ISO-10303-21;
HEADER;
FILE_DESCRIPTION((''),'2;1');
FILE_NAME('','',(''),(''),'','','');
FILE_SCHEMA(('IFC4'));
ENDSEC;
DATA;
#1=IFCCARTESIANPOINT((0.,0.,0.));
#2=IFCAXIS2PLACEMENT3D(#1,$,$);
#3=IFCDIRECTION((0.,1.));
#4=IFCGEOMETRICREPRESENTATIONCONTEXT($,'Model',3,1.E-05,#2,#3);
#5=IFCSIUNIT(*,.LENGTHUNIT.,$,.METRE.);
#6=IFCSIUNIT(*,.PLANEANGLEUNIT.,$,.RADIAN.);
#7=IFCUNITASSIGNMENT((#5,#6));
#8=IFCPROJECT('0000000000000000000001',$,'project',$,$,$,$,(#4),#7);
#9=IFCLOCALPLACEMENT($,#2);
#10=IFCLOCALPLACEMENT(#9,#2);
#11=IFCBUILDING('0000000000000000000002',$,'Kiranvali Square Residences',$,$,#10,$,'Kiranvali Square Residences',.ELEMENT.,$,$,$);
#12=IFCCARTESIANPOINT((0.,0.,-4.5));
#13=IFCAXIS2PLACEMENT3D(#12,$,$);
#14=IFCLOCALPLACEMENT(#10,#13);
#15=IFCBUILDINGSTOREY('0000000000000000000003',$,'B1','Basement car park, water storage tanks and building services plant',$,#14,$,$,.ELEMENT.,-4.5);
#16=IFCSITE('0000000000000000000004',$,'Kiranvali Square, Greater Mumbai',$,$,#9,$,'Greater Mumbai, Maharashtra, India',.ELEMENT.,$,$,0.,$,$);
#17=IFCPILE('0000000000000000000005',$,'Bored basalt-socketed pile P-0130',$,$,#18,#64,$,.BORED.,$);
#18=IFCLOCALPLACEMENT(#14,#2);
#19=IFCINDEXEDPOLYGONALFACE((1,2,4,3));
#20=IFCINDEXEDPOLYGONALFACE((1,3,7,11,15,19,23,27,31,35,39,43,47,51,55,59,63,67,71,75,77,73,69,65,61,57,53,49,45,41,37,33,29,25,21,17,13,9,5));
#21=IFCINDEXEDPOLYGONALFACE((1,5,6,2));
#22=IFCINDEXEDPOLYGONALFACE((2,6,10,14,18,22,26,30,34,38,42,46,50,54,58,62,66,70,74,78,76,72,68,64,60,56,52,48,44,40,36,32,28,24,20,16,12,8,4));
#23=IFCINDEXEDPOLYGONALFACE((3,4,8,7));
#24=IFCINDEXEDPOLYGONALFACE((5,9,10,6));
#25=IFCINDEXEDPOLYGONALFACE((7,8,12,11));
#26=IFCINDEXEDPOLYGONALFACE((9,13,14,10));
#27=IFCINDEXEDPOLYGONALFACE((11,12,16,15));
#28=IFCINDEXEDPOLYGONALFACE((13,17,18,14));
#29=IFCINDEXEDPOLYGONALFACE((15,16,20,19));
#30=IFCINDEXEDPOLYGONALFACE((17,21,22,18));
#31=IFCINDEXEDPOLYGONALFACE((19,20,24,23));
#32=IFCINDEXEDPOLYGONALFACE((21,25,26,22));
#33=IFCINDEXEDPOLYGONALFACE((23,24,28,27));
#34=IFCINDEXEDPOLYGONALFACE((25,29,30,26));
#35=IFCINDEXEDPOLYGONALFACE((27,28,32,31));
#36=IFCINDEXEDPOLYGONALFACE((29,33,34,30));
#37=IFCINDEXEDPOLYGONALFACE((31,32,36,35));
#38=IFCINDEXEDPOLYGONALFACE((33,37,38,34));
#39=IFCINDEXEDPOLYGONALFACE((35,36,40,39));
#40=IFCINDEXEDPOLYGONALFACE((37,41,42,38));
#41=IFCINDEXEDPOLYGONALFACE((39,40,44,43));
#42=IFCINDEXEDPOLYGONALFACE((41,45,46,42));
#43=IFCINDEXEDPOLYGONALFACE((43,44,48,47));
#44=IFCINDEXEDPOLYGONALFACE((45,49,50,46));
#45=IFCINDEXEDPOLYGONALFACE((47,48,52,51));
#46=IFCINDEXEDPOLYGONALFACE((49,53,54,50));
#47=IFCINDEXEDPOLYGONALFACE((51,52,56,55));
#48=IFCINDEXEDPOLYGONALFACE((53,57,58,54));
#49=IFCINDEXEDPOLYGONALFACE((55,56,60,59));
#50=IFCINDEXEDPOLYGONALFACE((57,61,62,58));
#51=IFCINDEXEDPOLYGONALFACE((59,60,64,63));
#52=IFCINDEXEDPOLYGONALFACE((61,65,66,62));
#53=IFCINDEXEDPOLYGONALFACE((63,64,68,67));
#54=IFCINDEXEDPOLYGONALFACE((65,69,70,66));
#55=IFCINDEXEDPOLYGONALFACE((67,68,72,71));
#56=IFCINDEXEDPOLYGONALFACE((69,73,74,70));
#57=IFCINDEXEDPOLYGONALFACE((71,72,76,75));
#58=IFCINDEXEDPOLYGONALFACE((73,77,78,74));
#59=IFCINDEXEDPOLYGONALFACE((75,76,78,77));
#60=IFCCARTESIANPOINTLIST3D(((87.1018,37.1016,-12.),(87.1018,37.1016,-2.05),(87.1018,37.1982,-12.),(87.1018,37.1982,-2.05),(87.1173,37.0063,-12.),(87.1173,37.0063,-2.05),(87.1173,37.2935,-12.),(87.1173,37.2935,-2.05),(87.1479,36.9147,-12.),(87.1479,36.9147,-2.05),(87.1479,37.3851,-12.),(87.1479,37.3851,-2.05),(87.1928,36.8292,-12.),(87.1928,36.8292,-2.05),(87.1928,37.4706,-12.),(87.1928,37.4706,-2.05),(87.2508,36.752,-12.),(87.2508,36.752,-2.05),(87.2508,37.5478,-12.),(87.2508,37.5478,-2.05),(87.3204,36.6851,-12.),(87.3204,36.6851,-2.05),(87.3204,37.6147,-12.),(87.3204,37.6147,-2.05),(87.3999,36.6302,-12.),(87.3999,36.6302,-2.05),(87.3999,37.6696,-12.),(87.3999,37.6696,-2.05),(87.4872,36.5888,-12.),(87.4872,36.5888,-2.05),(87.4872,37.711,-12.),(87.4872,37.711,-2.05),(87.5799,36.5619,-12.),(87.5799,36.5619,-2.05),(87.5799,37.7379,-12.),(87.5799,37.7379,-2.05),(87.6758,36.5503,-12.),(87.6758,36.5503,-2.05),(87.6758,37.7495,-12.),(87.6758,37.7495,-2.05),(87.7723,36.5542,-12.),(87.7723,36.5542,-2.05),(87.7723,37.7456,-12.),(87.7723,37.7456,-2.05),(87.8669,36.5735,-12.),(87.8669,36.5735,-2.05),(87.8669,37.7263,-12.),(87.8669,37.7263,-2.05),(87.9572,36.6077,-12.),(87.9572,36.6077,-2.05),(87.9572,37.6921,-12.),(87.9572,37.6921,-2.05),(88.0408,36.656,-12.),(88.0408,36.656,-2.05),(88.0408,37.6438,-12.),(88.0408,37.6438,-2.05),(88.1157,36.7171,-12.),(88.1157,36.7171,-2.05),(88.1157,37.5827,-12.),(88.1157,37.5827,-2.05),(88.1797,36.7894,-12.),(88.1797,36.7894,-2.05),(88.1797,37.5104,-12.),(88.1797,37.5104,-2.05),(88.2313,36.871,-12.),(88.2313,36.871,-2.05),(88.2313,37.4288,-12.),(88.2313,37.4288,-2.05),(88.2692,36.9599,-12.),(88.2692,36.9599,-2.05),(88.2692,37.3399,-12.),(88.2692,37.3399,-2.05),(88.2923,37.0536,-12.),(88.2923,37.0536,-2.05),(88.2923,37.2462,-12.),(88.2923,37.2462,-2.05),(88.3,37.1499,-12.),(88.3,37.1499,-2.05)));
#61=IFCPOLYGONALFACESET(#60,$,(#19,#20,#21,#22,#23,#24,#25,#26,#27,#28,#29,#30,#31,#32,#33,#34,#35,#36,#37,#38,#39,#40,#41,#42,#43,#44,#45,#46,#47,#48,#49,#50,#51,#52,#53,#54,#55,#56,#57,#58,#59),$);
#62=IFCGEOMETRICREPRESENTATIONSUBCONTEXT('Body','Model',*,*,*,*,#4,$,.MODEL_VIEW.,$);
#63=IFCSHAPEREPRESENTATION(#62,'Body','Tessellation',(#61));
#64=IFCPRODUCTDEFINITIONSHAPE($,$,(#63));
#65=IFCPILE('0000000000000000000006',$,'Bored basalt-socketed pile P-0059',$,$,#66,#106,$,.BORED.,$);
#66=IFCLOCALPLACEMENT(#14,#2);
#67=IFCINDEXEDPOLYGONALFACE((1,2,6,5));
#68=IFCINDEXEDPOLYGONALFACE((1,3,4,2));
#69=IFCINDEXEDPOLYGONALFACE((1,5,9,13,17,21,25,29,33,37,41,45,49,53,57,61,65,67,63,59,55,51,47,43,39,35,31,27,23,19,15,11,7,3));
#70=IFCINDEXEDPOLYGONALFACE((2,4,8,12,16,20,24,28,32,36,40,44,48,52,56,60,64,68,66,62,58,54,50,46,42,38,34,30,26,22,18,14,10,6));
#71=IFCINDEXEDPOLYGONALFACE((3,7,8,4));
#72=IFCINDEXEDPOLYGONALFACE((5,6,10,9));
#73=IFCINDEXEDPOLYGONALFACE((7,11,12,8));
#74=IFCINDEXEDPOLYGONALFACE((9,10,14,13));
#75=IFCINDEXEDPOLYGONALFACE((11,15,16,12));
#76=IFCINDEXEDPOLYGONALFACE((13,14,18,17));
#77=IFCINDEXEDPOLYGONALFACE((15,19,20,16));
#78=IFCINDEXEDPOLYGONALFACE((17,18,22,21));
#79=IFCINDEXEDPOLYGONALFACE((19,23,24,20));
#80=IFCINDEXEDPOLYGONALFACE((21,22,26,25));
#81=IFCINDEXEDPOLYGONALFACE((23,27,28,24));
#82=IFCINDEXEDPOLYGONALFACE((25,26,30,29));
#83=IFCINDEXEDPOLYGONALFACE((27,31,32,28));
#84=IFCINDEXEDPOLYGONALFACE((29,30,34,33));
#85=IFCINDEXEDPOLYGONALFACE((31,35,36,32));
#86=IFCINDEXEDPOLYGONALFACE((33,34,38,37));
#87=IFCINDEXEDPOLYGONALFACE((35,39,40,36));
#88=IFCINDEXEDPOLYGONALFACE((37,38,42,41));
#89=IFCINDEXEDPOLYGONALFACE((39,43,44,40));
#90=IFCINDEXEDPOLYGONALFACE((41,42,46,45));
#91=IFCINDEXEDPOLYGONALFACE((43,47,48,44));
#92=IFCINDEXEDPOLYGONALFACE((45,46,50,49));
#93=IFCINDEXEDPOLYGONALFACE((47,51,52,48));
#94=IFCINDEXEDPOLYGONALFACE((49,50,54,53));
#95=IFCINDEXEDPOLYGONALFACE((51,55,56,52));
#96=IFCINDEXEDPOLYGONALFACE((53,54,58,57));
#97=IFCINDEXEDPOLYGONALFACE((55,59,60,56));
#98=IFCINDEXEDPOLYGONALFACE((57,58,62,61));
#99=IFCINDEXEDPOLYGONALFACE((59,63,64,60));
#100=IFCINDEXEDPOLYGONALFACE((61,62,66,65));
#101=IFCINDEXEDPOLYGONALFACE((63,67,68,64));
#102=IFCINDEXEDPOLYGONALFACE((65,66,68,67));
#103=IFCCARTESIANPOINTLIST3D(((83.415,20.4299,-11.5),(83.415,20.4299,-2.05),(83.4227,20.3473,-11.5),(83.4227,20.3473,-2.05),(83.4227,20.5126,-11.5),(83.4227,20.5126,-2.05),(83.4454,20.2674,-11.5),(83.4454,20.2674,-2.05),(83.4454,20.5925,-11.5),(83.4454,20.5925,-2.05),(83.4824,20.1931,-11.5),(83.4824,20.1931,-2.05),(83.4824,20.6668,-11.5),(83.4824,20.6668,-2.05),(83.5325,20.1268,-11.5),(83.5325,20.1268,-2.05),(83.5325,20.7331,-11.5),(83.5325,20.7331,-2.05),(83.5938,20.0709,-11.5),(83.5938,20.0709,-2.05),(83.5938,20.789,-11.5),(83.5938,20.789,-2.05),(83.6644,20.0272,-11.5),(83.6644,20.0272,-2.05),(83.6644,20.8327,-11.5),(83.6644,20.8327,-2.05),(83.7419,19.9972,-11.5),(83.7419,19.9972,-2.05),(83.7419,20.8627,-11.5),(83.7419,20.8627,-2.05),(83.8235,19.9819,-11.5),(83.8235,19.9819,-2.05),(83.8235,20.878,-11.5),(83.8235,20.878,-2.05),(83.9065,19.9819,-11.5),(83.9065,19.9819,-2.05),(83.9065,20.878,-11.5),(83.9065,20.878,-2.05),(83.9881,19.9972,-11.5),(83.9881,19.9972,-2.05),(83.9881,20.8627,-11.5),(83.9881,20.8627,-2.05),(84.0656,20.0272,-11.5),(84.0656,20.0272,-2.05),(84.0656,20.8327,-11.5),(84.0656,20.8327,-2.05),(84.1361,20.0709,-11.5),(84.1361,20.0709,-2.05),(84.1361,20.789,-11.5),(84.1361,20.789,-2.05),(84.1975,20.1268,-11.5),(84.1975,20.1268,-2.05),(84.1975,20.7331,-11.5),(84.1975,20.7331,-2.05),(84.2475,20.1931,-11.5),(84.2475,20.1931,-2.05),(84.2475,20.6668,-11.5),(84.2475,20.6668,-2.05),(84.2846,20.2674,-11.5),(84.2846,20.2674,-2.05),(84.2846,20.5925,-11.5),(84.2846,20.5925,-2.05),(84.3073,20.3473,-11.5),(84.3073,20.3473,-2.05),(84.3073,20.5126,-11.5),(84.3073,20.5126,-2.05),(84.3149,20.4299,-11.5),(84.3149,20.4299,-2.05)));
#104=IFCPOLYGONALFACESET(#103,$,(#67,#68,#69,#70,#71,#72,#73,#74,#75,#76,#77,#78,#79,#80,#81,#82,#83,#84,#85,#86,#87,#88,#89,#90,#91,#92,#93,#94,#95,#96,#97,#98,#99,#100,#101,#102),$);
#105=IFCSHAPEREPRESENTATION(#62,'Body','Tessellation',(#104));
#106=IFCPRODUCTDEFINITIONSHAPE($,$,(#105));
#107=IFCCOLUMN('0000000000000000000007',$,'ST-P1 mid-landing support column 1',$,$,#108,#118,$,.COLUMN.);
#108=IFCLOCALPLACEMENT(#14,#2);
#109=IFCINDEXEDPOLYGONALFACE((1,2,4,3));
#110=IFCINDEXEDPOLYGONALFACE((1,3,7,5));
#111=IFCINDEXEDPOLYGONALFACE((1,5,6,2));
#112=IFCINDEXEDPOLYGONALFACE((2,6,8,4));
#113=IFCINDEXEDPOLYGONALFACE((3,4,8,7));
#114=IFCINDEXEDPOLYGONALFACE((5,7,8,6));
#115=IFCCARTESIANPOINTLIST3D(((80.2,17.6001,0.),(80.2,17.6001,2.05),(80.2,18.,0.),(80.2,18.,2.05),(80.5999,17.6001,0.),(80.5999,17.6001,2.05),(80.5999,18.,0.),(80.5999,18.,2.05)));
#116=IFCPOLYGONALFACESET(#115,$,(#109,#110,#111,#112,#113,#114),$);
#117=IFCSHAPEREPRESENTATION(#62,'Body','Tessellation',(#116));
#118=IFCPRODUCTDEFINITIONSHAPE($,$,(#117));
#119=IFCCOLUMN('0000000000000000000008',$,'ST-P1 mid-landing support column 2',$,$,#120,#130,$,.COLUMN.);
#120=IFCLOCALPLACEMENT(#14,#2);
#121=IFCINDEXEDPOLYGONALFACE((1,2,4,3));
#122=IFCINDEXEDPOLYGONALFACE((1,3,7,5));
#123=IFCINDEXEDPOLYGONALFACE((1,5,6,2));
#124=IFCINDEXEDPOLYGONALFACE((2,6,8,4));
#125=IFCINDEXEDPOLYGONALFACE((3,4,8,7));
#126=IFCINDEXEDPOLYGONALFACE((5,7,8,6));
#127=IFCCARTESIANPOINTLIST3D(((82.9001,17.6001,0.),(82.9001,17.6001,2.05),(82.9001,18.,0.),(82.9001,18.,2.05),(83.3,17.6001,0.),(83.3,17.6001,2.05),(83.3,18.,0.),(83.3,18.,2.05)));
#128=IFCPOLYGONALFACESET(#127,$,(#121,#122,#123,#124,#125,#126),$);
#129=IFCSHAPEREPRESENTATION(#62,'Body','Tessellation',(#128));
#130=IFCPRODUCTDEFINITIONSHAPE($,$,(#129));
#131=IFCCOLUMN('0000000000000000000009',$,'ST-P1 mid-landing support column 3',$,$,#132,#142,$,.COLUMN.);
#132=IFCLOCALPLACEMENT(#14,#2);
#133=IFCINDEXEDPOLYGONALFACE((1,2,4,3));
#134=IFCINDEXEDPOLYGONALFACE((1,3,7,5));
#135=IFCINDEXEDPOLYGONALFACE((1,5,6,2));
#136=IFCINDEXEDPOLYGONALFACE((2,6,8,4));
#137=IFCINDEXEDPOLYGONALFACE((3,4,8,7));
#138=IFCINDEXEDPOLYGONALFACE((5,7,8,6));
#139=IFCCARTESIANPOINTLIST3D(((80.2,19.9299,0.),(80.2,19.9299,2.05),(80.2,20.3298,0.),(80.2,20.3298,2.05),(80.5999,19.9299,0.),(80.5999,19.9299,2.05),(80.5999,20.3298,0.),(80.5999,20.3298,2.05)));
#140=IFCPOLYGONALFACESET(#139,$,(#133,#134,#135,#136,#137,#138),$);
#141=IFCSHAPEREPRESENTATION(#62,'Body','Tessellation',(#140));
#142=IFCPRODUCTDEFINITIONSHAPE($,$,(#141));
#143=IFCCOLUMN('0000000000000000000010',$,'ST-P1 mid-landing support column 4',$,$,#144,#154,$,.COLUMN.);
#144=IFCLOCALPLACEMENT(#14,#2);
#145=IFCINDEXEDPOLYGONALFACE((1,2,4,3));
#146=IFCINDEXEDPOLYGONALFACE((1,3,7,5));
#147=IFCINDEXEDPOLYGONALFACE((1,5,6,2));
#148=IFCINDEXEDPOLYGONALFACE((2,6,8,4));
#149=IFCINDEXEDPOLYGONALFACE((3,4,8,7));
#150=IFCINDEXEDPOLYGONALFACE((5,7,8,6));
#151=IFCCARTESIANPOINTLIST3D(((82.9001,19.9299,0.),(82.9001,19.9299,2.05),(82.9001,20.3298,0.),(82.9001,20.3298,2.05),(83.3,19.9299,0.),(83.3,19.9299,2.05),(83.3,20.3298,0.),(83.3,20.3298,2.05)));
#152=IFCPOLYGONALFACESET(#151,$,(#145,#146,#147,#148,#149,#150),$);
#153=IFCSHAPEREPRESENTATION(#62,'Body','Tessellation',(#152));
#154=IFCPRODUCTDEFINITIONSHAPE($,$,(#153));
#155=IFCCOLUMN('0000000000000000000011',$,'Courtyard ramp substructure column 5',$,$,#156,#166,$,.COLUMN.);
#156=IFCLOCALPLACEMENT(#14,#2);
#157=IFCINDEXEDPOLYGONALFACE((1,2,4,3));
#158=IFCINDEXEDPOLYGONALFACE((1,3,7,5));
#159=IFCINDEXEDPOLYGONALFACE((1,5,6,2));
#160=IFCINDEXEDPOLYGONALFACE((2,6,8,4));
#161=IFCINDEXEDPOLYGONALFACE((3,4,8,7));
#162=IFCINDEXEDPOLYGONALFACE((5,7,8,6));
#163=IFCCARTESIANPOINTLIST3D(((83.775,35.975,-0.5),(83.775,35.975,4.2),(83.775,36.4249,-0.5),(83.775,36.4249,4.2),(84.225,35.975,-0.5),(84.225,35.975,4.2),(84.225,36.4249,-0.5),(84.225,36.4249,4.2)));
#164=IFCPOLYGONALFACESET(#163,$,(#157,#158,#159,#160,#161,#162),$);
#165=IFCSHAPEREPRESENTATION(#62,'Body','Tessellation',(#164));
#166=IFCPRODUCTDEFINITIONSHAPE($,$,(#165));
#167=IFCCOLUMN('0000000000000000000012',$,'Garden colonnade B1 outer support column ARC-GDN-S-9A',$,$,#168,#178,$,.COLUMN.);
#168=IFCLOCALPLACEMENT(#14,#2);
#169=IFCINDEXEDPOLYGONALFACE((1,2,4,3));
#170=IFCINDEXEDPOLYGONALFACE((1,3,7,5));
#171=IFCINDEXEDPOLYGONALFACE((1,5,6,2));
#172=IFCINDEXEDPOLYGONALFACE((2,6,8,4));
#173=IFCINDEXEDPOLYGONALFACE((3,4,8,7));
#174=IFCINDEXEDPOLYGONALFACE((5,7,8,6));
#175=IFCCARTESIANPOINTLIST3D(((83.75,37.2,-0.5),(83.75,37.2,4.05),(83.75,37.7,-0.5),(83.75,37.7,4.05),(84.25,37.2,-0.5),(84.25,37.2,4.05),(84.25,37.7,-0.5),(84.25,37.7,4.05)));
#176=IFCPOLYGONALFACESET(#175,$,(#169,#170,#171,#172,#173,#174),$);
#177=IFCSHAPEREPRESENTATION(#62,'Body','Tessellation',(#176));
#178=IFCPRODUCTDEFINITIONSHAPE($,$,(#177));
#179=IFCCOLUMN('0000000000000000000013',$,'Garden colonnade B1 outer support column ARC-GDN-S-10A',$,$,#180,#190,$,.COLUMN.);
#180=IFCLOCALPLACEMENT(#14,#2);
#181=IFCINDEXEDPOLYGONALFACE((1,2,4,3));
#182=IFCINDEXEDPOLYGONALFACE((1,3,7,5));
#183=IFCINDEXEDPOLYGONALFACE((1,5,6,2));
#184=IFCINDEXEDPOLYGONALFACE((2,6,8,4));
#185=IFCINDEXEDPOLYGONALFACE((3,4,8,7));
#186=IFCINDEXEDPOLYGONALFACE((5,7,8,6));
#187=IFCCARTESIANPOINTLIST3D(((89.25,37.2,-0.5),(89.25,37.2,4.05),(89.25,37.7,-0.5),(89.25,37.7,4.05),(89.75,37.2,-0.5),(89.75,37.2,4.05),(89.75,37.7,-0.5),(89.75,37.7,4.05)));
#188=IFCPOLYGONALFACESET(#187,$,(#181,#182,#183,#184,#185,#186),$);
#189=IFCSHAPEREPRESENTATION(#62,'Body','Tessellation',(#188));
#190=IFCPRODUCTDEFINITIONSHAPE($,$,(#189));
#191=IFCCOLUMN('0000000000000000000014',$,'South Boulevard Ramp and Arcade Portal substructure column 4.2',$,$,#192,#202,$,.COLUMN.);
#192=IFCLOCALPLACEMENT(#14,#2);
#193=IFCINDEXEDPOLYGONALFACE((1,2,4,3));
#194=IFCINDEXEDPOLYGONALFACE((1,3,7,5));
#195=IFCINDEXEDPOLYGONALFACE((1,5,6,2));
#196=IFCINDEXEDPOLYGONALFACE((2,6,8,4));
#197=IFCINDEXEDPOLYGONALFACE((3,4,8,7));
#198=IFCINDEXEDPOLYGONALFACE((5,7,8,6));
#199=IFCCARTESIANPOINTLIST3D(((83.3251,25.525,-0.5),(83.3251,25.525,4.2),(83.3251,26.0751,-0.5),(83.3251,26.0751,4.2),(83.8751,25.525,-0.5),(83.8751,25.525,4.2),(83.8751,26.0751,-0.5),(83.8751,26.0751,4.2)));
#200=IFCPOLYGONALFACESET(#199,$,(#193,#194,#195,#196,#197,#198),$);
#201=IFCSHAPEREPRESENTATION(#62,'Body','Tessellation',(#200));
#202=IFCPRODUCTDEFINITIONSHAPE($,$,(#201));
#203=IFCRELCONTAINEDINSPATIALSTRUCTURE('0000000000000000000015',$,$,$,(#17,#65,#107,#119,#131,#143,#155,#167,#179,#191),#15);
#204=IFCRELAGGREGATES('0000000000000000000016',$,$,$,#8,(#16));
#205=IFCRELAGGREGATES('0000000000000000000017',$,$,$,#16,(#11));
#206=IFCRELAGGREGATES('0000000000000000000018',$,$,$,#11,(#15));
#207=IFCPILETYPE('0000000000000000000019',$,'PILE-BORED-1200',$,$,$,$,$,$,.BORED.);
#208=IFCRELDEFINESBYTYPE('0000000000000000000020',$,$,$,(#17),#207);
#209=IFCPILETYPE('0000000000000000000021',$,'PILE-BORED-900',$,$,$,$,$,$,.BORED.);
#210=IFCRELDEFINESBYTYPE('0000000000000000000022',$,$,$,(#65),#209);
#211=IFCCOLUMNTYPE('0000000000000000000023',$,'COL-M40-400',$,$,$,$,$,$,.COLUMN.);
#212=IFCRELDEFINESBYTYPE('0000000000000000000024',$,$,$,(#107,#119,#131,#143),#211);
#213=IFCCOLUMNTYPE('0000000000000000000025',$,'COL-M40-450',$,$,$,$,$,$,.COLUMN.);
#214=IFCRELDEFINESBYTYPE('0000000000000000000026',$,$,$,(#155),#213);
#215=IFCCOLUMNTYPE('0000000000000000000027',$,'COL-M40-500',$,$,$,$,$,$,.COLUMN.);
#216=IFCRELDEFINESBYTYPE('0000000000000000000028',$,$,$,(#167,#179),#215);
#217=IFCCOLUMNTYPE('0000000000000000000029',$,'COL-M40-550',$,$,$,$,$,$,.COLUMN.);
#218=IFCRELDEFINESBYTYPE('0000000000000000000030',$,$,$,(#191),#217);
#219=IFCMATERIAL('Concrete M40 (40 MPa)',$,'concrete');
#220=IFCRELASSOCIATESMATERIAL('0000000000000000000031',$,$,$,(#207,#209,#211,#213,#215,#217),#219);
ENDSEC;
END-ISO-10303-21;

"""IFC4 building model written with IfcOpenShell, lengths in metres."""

from ifc_helpers import new_model, si_unit, direction, frame, origin, origin_2d, place, context, subcontext, project, spatial, rectangle, circle, extrude, material, material_profile, profile_set, type_object, element, save


model = new_model("IFC4")

# Units and contexts
model_context = context("Model", 3, precision=1e-05, world=origin(), true_north=direction((0.0, 1.0)))
body_context = subcontext(model_context, "Body", "Model", "MODEL_VIEW")
ifc_project = project(units=[si_unit("LENGTHUNIT", "METRE"), si_unit("PLANEANGLEUNIT", "RADIAN")], contexts=[model_context])

# Site, building, storey
site_placement = place(None, origin())
site = spatial("IfcSite", under=ifc_project, at=site_placement, Name="Kiranvali Square, Greater Mumbai", LongName="Greater Mumbai, Maharashtra, India", CompositionType="ELEMENT", RefElevation=0.0)
building_placement = place(site_placement, origin())
building = spatial("IfcBuilding", under=site, at=building_placement, Name="Kiranvali Square Residences", LongName="Kiranvali Square Residences", CompositionType="ELEMENT")
storey_placement = place(building_placement, frame((0.0, 0.0, -4.5)))
storey = spatial("IfcBuildingStorey", under=building, at=storey_placement, Name="B1", Description="Basement car park, water storage tanks and building services plant", CompositionType="ELEMENT", Elevation=-4.5)

# Shared definitions
ifc_material_1 = material(Name="Concrete M40 (40 MPa)", Category="concrete")

# Piles
ifc_material_profile_1 = material_profile(ifc_material_1, circle(Radius=0.6001, at=origin_2d()), Name="BORED PILE 1200")
ifc_profile_set_1 = profile_set([ifc_material_profile_1], Name="Concrete M40 (40 MPa)")
pile_type_1 = type_object("IfcPileType", Name="PILE-BORED-1200", PredefinedType="BORED", material=ifc_profile_set_1)
pile_1_placement = place(storey_placement, frame((87.7, 37.1499, -2.05), z_axis=(0.0, 0.0, -1.0), x_axis=(1.0, 0.0, 0.0)))
element("IfcPile", 1, at=pile_1_placement, inside=storey, type_object=pile_type_1, Name="Bored basalt-socketed pile P-0130", PredefinedType="BORED", context=body_context, shape_type="SweptSolid", body=[
    extrude(circle(Radius=0.6001, at=origin_2d()), origin(), (0.0, 0.0, 1.0), 9.95),
])
ifc_material_profile_2 = material_profile(ifc_material_1, circle(Radius=0.45, at=origin_2d()), Name="BORED PILE 900")
ifc_profile_set_2 = profile_set([ifc_material_profile_2], Name="Concrete M40 (40 MPa)")
pile_type_2 = type_object("IfcPileType", Name="PILE-BORED-900", PredefinedType="BORED", material=ifc_profile_set_2)
pile_2_placement = place(storey_placement, frame((83.865, 20.4299, -2.05), z_axis=(0.0, 0.0, -1.0), x_axis=(1.0, 0.0, 0.0)))
element("IfcPile", 2, at=pile_2_placement, inside=storey, type_object=pile_type_2, Name="Bored basalt-socketed pile P-0059", PredefinedType="BORED", context=body_context, shape_type="SweptSolid", body=[
    extrude(circle(Radius=0.45, at=origin_2d()), origin(), (0.0, 0.0, 1.0), 9.45),
])

# Columns
ifc_material_profile_3 = material_profile(ifc_material_1, rectangle(XDim=0.3999, YDim=0.3999, at=origin_2d()), Name="RC 400x400")
ifc_profile_set_3 = profile_set([ifc_material_profile_3], Name="Concrete M40 (40 MPa)")
column_type_1 = type_object("IfcColumnType", Name="COL-M40-400", PredefinedType="COLUMN", material=ifc_profile_set_3)
for number, where, z_axis, x_axis, name in (
    (3, (80.3999, 17.8, 0.0), (0.0, 0.0, 1.0), (1.0, 0.0, 0.0), "ST-P1 mid-landing support column 1"),
    (4, (83.1001, 17.8, 0.0), (0.0, 0.0, 1.0), (1.0, 0.0, 0.0), "ST-P1 mid-landing support column 2"),
    (5, (80.3999, 20.1299, 0.0), (0.0, 0.0, 1.0), (1.0, 0.0, 0.0), "ST-P1 mid-landing support column 3"),
    (6, (83.1001, 20.1299, 0.0), (0.0, 0.0, 1.0), (1.0, 0.0, 0.0), "ST-P1 mid-landing support column 4"),
):
    element("IfcColumn", number, at=place(storey_placement, frame(where, z_axis=z_axis, x_axis=x_axis)), inside=storey, type_object=column_type_1, Name=name, PredefinedType="COLUMN", context=body_context, shape_type="SweptSolid", body=[
        extrude(rectangle(XDim=0.3999, YDim=0.3999, at=origin_2d()), origin(), (0.0, 0.0, 1.0), 2.05),
    ])
ifc_material_profile_4 = material_profile(ifc_material_1, rectangle(XDim=0.45, YDim=0.45, at=origin_2d()), Name="RC 450x450")
ifc_profile_set_4 = profile_set([ifc_material_profile_4], Name="Concrete M40 (40 MPa)")
column_type_2 = type_object("IfcColumnType", Name="COL-M40-450", PredefinedType="COLUMN", material=ifc_profile_set_4)
column_1_placement = place(storey_placement, frame((84.0, 36.2, -0.5), z_axis=(0.0, 0.0, 1.0), x_axis=(1.0, 0.0, 0.0)))
element("IfcColumn", 7, at=column_1_placement, inside=storey, type_object=column_type_2, Name="Courtyard ramp substructure column 5", PredefinedType="COLUMN", context=body_context, shape_type="SweptSolid", body=[
    extrude(rectangle(XDim=0.45, YDim=0.45, at=origin_2d()), origin(), (0.0, 0.0, 1.0), 4.7),
])
ifc_material_profile_5 = material_profile(ifc_material_1, rectangle(XDim=0.5, YDim=0.5, at=origin_2d()), Name="RC 500x500")
ifc_profile_set_5 = profile_set([ifc_material_profile_5], Name="Concrete M40 (40 MPa)")
column_type_3 = type_object("IfcColumnType", Name="COL-M40-500", PredefinedType="COLUMN", material=ifc_profile_set_5)
for number, where, z_axis, x_axis, name in (
    (8, (84.0, 37.45, -0.5), (0.0, 0.0, 1.0), (1.0, 0.0, 0.0), "Garden colonnade B1 outer support column ARC-GDN-S-9A"),
    (9, (89.5, 37.45, -0.5), (0.0, 0.0, 1.0), (1.0, 0.0, 0.0), "Garden colonnade B1 outer support column ARC-GDN-S-10A"),
):
    element("IfcColumn", number, at=place(storey_placement, frame(where, z_axis=z_axis, x_axis=x_axis)), inside=storey, type_object=column_type_3, Name=name, PredefinedType="COLUMN", context=body_context, shape_type="SweptSolid", body=[
        extrude(rectangle(XDim=0.5, YDim=0.5, at=origin_2d()), origin(), (0.0, 0.0, 1.0), 4.55),
    ])
ifc_material_profile_6 = material_profile(ifc_material_1, rectangle(XDim=0.55, YDim=0.55, at=origin_2d()), Name="RC 550x550")
ifc_profile_set_6 = profile_set([ifc_material_profile_6], Name="Concrete M40 (40 MPa)")
column_type_4 = type_object("IfcColumnType", Name="COL-M40-550", PredefinedType="COLUMN", material=ifc_profile_set_6)
column_2_placement = place(storey_placement, frame((83.6001, 25.8, -0.5), z_axis=(0.0, 0.0, 1.0), x_axis=(1.0, 0.0, 0.0)))
element("IfcColumn", 10, at=column_2_placement, inside=storey, type_object=column_type_4, Name="South Boulevard Ramp and Arcade Portal substructure column 4.2", PredefinedType="COLUMN", context=body_context, shape_type="SweptSolid", body=[
    extrude(rectangle(XDim=0.55, YDim=0.55, at=origin_2d()), origin(), (0.0, 0.0, 1.0), 4.7),
])

save(model, "model.ifc")
